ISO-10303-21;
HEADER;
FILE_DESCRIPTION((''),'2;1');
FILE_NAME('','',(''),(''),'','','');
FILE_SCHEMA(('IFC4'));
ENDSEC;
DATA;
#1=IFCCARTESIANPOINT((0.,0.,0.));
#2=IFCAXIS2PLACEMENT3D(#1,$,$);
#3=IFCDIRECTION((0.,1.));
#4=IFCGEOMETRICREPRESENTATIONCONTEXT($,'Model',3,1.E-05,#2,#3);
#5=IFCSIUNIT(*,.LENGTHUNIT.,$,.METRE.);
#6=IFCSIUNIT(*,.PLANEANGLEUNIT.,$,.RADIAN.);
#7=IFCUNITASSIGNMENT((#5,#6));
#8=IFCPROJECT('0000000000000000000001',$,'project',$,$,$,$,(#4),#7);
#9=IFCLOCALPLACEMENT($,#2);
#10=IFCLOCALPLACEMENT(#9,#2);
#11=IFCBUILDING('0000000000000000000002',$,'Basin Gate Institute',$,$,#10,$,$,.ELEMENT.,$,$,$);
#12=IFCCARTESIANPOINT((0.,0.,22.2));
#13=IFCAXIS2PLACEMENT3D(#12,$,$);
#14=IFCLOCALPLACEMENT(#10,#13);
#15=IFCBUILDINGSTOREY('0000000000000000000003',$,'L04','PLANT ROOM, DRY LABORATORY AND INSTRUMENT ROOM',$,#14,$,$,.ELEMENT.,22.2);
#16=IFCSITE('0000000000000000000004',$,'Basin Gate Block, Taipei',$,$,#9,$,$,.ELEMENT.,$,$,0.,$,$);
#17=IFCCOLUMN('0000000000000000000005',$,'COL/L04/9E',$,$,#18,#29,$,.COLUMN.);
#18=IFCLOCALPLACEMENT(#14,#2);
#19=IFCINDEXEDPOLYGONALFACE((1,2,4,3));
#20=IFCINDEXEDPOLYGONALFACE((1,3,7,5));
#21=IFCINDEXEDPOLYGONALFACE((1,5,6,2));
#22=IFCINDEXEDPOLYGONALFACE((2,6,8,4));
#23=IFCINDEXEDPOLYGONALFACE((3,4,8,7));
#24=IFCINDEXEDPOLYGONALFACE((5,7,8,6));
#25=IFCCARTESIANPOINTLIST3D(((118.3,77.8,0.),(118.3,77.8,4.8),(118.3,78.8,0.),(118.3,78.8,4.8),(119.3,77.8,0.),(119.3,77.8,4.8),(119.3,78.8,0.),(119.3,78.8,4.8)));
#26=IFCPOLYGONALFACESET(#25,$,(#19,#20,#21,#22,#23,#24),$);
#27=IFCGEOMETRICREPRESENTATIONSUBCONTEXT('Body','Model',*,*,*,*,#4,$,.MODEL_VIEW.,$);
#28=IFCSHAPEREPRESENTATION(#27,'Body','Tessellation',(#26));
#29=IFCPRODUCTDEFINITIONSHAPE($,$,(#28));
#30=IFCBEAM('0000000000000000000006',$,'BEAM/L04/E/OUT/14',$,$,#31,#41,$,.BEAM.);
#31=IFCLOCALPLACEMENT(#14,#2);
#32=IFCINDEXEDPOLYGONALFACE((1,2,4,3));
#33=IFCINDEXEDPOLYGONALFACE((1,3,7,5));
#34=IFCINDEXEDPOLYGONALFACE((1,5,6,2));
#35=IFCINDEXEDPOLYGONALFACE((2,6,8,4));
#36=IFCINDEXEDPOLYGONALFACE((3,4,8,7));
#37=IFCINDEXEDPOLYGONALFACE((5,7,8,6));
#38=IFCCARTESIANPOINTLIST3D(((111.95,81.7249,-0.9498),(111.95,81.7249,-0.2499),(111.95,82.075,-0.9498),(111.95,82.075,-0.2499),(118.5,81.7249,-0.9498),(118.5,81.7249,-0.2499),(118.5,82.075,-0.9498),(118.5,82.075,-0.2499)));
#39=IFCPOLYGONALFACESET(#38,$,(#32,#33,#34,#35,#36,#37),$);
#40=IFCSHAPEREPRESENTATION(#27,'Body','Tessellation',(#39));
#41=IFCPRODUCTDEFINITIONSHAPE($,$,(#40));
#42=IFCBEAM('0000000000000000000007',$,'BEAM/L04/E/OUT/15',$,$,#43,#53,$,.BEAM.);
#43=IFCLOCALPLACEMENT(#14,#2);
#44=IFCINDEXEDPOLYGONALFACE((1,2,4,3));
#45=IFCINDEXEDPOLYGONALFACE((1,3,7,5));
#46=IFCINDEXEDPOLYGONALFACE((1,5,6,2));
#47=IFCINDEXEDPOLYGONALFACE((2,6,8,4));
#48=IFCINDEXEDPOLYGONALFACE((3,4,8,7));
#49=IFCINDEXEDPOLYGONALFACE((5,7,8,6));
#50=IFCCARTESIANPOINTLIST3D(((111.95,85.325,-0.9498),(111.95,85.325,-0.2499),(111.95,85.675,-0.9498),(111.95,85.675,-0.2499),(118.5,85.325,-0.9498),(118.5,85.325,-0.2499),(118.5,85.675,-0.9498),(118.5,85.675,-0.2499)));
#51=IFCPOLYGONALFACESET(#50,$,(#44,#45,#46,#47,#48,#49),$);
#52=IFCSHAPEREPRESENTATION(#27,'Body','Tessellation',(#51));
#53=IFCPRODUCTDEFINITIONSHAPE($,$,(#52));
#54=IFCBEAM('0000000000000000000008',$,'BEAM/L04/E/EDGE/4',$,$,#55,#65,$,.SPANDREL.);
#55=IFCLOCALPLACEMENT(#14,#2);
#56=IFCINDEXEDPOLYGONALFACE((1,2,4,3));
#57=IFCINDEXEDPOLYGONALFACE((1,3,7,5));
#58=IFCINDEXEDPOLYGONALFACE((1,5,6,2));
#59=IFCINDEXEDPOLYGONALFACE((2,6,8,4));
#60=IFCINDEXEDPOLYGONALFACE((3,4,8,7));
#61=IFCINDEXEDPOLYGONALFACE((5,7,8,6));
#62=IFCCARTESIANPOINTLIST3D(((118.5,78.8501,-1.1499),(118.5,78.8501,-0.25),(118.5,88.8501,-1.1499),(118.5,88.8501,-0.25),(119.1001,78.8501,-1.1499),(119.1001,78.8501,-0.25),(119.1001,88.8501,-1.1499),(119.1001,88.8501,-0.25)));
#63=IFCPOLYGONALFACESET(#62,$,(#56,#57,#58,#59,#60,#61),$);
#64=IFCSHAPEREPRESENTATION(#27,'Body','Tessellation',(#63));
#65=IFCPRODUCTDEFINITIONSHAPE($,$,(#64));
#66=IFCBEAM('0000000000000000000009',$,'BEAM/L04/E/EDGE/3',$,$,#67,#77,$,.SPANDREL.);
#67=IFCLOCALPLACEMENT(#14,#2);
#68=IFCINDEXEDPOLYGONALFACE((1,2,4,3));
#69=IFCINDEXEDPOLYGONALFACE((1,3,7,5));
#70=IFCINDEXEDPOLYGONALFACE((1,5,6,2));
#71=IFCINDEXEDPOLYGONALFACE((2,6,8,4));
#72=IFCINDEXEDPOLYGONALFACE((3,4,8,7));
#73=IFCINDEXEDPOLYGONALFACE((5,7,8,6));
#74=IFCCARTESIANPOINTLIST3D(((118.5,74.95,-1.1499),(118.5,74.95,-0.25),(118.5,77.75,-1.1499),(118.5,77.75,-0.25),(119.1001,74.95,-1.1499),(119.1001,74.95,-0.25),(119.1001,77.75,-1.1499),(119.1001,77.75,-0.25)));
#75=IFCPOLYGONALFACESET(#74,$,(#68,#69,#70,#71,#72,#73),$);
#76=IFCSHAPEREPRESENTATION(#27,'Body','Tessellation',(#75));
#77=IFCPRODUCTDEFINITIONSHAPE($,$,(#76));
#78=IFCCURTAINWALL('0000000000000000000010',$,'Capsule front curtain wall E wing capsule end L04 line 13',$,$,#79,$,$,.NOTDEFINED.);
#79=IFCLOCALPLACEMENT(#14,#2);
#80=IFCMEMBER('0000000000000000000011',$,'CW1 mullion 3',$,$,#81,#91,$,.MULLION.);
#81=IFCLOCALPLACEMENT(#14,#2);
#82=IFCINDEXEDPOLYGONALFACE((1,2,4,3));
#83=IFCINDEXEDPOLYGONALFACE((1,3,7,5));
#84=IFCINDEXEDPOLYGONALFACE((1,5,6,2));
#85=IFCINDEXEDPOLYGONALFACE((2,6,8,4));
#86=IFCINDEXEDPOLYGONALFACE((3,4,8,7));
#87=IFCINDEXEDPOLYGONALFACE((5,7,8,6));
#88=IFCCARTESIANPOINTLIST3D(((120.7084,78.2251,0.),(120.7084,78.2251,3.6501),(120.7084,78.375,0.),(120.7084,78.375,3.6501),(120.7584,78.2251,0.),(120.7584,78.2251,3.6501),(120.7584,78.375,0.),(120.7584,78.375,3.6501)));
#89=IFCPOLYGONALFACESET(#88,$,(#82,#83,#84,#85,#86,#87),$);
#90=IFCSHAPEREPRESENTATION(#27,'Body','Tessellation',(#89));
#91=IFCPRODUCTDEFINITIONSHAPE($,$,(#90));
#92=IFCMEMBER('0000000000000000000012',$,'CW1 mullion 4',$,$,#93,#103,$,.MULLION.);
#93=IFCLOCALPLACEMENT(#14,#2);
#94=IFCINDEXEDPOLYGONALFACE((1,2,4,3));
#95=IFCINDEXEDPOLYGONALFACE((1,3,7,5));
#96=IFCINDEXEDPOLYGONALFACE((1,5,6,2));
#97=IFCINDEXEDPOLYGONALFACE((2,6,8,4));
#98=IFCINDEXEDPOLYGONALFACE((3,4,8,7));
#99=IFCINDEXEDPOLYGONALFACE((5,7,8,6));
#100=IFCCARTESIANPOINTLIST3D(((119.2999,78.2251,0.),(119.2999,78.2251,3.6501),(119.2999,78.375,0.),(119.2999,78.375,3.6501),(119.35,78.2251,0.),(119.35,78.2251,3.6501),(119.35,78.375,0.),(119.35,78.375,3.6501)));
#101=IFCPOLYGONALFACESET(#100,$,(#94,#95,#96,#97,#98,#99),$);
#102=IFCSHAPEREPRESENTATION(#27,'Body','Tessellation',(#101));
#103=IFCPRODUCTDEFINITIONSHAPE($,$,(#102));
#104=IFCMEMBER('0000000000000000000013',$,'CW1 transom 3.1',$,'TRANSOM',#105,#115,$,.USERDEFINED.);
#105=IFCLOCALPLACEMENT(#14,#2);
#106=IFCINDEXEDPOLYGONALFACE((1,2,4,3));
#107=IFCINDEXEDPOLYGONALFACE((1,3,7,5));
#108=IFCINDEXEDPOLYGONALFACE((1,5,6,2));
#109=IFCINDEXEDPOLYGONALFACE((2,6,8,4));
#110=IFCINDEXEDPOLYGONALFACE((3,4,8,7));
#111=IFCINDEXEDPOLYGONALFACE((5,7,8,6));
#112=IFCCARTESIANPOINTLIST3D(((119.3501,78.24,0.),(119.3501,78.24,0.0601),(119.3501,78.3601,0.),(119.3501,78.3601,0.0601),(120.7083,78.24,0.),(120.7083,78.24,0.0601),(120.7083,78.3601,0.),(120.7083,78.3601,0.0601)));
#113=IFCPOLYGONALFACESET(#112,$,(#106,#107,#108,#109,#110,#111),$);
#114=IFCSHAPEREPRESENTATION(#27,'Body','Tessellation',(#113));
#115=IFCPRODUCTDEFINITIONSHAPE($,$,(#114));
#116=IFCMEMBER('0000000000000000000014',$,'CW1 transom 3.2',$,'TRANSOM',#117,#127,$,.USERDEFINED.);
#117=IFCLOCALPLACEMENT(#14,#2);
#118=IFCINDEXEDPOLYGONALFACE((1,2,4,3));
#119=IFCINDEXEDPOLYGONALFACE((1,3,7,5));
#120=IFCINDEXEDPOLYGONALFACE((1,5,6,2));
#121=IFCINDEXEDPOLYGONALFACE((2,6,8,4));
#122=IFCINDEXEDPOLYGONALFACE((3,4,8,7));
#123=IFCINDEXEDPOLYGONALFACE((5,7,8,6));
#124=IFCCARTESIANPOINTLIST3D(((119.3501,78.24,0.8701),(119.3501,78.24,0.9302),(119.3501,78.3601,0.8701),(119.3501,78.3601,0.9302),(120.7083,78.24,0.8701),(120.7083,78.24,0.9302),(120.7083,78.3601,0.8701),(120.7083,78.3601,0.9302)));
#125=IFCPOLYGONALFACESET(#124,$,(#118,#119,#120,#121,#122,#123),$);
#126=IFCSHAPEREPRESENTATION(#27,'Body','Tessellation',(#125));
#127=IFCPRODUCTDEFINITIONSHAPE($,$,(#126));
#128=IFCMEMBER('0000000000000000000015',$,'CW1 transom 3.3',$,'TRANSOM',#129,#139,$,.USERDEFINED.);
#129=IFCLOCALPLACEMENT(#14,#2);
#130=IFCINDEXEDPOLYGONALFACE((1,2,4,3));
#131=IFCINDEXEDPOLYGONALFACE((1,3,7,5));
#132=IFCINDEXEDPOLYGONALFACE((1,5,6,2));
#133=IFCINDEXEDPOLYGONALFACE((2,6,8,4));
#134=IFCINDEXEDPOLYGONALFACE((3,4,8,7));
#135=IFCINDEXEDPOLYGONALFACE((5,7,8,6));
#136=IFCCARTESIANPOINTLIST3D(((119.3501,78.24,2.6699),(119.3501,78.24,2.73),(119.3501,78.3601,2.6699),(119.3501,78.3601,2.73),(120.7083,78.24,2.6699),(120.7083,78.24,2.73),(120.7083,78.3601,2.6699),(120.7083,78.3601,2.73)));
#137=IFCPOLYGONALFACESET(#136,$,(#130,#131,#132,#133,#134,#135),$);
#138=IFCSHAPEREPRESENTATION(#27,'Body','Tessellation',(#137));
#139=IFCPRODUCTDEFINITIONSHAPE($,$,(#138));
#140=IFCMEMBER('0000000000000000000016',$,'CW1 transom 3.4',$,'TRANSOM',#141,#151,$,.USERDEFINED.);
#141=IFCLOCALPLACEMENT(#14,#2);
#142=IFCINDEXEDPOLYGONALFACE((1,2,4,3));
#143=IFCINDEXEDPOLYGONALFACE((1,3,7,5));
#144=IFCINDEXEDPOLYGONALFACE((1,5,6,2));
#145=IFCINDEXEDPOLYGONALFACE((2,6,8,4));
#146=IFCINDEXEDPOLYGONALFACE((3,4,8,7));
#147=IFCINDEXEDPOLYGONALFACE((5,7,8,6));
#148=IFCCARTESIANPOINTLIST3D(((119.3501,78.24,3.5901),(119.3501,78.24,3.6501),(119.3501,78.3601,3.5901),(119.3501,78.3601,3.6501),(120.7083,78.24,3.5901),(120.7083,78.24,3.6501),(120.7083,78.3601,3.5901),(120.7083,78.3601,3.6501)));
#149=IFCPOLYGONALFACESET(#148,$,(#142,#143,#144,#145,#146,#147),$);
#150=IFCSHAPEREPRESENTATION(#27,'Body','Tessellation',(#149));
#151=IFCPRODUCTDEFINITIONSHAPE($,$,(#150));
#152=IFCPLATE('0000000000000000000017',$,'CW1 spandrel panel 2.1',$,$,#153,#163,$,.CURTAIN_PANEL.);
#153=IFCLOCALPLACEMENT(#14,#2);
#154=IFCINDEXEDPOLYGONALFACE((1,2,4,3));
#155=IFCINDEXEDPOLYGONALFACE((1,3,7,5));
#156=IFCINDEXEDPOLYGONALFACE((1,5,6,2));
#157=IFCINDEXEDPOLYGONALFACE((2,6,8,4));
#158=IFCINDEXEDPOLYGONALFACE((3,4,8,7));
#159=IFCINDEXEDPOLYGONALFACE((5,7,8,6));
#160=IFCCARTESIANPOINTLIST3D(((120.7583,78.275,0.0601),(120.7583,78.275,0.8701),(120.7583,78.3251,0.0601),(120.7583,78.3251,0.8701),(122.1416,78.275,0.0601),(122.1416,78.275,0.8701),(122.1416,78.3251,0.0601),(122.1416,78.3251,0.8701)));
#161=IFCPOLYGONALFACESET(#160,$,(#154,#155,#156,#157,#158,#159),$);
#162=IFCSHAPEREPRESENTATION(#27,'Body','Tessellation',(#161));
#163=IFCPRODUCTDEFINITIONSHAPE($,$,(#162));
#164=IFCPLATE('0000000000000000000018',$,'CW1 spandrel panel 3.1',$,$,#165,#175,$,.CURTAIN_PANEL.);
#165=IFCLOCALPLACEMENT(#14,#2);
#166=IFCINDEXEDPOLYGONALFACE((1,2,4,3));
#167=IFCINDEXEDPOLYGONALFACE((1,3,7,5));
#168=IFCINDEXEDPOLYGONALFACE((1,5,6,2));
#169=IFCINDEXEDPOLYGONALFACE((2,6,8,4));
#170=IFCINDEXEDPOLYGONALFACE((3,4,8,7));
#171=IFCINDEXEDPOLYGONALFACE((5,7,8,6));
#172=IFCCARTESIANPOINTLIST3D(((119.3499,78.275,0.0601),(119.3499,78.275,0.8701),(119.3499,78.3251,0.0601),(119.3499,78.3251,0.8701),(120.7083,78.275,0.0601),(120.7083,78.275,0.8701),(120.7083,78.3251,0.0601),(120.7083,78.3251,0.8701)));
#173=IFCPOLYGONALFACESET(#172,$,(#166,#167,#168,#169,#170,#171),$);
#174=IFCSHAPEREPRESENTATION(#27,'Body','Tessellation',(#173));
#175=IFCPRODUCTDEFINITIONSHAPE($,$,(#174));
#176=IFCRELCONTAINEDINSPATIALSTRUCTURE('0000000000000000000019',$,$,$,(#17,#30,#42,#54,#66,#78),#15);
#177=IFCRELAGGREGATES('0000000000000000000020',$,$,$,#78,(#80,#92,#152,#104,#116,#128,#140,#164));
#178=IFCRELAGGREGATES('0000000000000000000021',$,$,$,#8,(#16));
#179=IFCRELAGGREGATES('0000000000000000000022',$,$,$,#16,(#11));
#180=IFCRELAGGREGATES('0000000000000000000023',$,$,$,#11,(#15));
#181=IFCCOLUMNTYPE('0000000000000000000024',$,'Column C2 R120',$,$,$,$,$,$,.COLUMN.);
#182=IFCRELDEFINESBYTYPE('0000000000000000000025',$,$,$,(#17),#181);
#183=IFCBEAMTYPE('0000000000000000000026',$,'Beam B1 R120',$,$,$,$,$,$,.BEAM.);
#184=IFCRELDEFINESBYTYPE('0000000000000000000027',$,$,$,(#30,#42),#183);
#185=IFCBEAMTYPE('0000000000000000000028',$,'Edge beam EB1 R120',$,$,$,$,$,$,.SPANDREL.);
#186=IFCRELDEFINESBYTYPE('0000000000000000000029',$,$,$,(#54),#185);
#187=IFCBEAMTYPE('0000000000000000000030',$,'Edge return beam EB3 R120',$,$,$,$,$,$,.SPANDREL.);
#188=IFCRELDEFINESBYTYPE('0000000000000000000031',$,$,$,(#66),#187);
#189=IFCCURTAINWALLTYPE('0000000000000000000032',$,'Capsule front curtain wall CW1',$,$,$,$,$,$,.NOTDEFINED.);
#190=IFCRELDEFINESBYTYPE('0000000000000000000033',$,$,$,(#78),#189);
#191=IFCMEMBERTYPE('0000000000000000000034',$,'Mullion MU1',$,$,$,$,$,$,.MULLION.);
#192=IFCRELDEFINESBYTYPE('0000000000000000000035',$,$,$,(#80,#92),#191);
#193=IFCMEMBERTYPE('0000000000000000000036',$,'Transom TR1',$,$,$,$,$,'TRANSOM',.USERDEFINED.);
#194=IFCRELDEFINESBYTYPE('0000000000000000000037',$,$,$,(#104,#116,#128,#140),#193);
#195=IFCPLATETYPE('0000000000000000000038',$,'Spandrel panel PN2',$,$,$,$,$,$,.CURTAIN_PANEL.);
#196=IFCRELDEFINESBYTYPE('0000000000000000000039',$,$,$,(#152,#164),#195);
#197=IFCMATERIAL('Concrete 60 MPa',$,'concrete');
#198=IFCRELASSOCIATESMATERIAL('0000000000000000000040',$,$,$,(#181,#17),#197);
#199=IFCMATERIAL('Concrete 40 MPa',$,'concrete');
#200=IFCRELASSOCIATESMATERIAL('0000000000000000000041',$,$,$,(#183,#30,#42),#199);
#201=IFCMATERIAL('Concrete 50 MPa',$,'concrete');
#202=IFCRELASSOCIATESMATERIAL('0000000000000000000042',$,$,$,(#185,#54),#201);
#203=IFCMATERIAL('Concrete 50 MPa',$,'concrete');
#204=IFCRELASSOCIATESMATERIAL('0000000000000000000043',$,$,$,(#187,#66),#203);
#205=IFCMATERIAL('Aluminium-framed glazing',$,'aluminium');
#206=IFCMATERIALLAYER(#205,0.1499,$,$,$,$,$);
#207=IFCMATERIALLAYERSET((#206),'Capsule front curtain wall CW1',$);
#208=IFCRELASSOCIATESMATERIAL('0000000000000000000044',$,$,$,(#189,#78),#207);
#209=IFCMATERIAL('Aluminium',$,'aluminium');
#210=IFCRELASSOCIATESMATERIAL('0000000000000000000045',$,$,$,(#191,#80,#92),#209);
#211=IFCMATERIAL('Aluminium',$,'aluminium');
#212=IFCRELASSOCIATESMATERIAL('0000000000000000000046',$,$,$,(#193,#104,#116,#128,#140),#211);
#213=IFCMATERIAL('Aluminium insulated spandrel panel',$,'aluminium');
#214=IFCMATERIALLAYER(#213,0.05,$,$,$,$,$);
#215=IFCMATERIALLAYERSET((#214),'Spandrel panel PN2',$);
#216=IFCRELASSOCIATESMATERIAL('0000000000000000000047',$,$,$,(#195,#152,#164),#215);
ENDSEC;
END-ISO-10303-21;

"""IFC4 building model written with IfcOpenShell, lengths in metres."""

from ifc_helpers import new_model, si_unit, direction, frame, origin, origin_2d, place, context, subcontext, project, spatial, rectangle, extrude, material, layer, layer_set, material_profile, profile_set, type_object, element, aggregate, save


model = new_model("IFC4")

# Units and contexts
model_context = context("Model", 3, precision=1e-05, world=origin(), true_north=direction((0.0, 1.0)))
body_context = subcontext(model_context, "Body", "Model", "MODEL_VIEW")
ifc_project = project(units=[si_unit("LENGTHUNIT", "METRE"), si_unit("PLANEANGLEUNIT", "RADIAN")], contexts=[model_context])

# Site, building, storey
site_placement = place(None, origin())
site = spatial("IfcSite", under=ifc_project, at=site_placement, Name="Basin Gate Block, Taipei", CompositionType="ELEMENT", RefElevation=0.0)
building_placement = place(site_placement, origin())
building = spatial("IfcBuilding", under=site, at=building_placement, Name="Basin Gate Institute", CompositionType="ELEMENT")
storey_placement = place(building_placement, frame((0.0, 0.0, 22.2)))
storey = spatial("IfcBuildingStorey", under=building, at=storey_placement, Name="L04", Description="PLANT ROOM, DRY LABORATORY AND INSTRUMENT ROOM", CompositionType="ELEMENT", Elevation=22.2)

# Column
ifc_material_1 = material(Name="Concrete 60 MPa", Category="concrete")
ifc_material_profile_1 = material_profile(ifc_material_1, rectangle(XDim=1.0, YDim=1.0, at=origin_2d()), Name="Column C2 1000 x 1000")
ifc_profile_set_1 = profile_set([ifc_material_profile_1], Name="Concrete 60 MPa")
column_type = type_object("IfcColumnType", Name="Column C2 R120", PredefinedType="COLUMN", material=ifc_profile_set_1)
column_placement = place(storey_placement, frame((118.8, 78.3, 0.0), z_axis=(0.0, 0.0, 1.0), x_axis=(1.0, 0.0, 0.0)))
element("IfcColumn", 1, at=column_placement, inside=storey, type_object=column_type, material=ifc_profile_set_1, Name="COL/L04/9E", PredefinedType="COLUMN", context=body_context, shape_type="SweptSolid", body=[
    extrude(rectangle(XDim=1.0, YDim=1.0, at=origin_2d()), origin(), (0.0, 0.0, 1.0), 4.8),
])

# Beams
ifc_material_2 = material(Name="Concrete 40 MPa", Category="concrete")
ifc_material_profile_2 = material_profile(ifc_material_2, rectangle(XDim=0.3501, YDim=0.7, at=origin_2d()), Name="Beam B1 350 x 700")
ifc_profile_set_2 = profile_set([ifc_material_profile_2], Name="Concrete 40 MPa")
beam_type_1 = type_object("IfcBeamType", Name="Beam B1 R120", PredefinedType="BEAM", material=ifc_profile_set_2)
for number, where, z_axis, x_axis, name in (
    (2, (118.5, 81.8999, -0.5999), (-1.0, 0.0, 0.0), (0.0, -1.0, 0.0), "BEAM/L04/E/OUT/14"),
    (3, (118.5, 85.5, -0.5999), (-1.0, 0.0, 0.0), (0.0, -1.0, 0.0), "BEAM/L04/E/OUT/15"),
):
    element("IfcBeam", number, at=place(storey_placement, frame(where, z_axis=z_axis, x_axis=x_axis)), inside=storey, type_object=beam_type_1, material=ifc_profile_set_2, Name=name, PredefinedType="BEAM", context=body_context, shape_type="SweptSolid", body=[
        extrude(rectangle(XDim=0.3501, YDim=0.7, at=origin_2d()), origin(), (0.0, 0.0, 1.0), 6.55),
    ])
ifc_material_3 = material(Name="Concrete 50 MPa", Category="concrete")
ifc_material_profile_3 = material_profile(ifc_material_3, rectangle(XDim=0.6001, YDim=0.8999, at=origin_2d()), Name="Edge beam EB1 600 x 900")
ifc_profile_set_3 = profile_set([ifc_material_profile_3], Name="Concrete 50 MPa")
beam_type_2 = type_object("IfcBeamType", Name="Edge beam EB1 R120", PredefinedType="SPANDREL", material=ifc_profile_set_3)
beam_1_placement = place(storey_placement, frame((118.8, 78.8501, -0.7), z_axis=(0.0, 1.0, 0.0), x_axis=(-1.0, 0.0, 0.0)))
element("IfcBeam", 4, at=beam_1_placement, inside=storey, type_object=beam_type_2, material=ifc_profile_set_3, Name="BEAM/L04/E/EDGE/4", PredefinedType="SPANDREL", context=body_context, shape_type="SweptSolid", body=[
    extrude(rectangle(XDim=0.6001, YDim=0.8999, at=origin_2d()), origin(), (0.0, 0.0, 1.0), 10.0),
])
ifc_material_4 = material(Name="Concrete 50 MPa", Category="concrete")
ifc_material_profile_4 = material_profile(ifc_material_4, rectangle(XDim=0.6001, YDim=0.8999, at=origin_2d()), Name="Edge return beam EB3 600 x 900")
ifc_profile_set_4 = profile_set([ifc_material_profile_4], Name="Concrete 50 MPa")
beam_type_3 = type_object("IfcBeamType", Name="Edge return beam EB3 R120", PredefinedType="SPANDREL", material=ifc_profile_set_4)
beam_2_placement = place(storey_placement, frame((118.8, 74.95, -0.7), z_axis=(0.0, 1.0, 0.0), x_axis=(-1.0, 0.0, 0.0)))
element("IfcBeam", 5, at=beam_2_placement, inside=storey, type_object=beam_type_3, material=ifc_profile_set_4, Name="BEAM/L04/E/EDGE/3", PredefinedType="SPANDREL", context=body_context, shape_type="SweptSolid", body=[
    extrude(rectangle(XDim=0.6001, YDim=0.8999, at=origin_2d()), origin(), (0.0, 0.0, 1.0), 2.8),
])

# Curtain wall, members, plates
ifc_material_5 = material(Name="Aluminium-framed glazing", Category="aluminium")
ifc_layer_1 = layer(ifc_material_5, 0.1499)
ifc_layer_set_1 = layer_set([ifc_layer_1], Name="Capsule front curtain wall CW1")
curtain_wall_type = type_object("IfcCurtainWallType", Name="Capsule front curtain wall CW1", PredefinedType="NOTDEFINED", material=ifc_layer_set_1)
curtain_wall_placement = place(storey_placement, origin())
curtain_wall = element("IfcCurtainWall", 6, at=curtain_wall_placement, inside=storey, type_object=curtain_wall_type, material=ifc_layer_set_1, Name="Capsule front curtain wall E wing capsule end L04 line 13", PredefinedType="NOTDEFINED")
ifc_material_6 = material(Name="Aluminium", Category="aluminium")
ifc_material_profile_5 = material_profile(ifc_material_6, rectangle(XDim=0.1499, YDim=0.05, at=origin_2d()), Name="Mullion MU1 150 x 50")
ifc_profile_set_5 = profile_set([ifc_material_profile_5], Name="Aluminium")
member_type_1 = type_object("IfcMemberType", Name="Mullion MU1", PredefinedType="MULLION", material=ifc_profile_set_5)
member_1_placement = place(storey_placement, frame((120.7334, 78.3, 0.0), z_axis=(0.0, 0.0, 1.0), x_axis=(0.0, -1.0, 0.0)))
member_1 = element("IfcMember", 7, at=member_1_placement, type_object=member_type_1, material=ifc_profile_set_5, Name="CW1 mullion 3", PredefinedType="MULLION", context=body_context, shape_type="SweptSolid", body=[
    extrude(rectangle(XDim=0.1499, YDim=0.05, at=origin_2d()), origin(), (0.0, 0.0, 1.0), 3.6501),
])
member_2_placement = place(storey_placement, frame((119.325, 78.3, 0.0), z_axis=(0.0, 0.0, 1.0), x_axis=(0.0, -1.0, 0.0)))
member_2 = element("IfcMember", 8, at=member_2_placement, type_object=member_type_1, material=ifc_profile_set_5, Name="CW1 mullion 4", PredefinedType="MULLION", context=body_context, shape_type="SweptSolid", body=[
    extrude(rectangle(XDim=0.1499, YDim=0.05, at=origin_2d()), origin(), (0.0, 0.0, 1.0), 3.6501),
])
ifc_material_7 = material(Name="Aluminium", Category="aluminium")
ifc_material_profile_6 = material_profile(ifc_material_7, rectangle(XDim=0.1201, YDim=0.0601, at=origin_2d()), Name="Transom TR1 120 x 60")
ifc_profile_set_6 = profile_set([ifc_material_profile_6], Name="Aluminium")
member_type_2 = type_object("IfcMemberType", Name="Transom TR1", ElementType="TRANSOM", PredefinedType="USERDEFINED", material=ifc_profile_set_6)
member_3_placement = place(storey_placement, frame((120.7083, 78.3, 0.03), z_axis=(-1.0, 0.0, 0.0), x_axis=(0.0, -1.0, 0.0)))
member_3 = element("IfcMember", 9, at=member_3_placement, type_object=member_type_2, material=ifc_profile_set_6, Name="CW1 transom 3.1", ObjectType="TRANSOM", PredefinedType="USERDEFINED", context=body_context, shape_type="SweptSolid", body=[
    extrude(rectangle(XDim=0.1201, YDim=0.0601, at=origin_2d()), origin(), (0.0, 0.0, 1.0), 1.3582),
])
member_4_placement = place(storey_placement, frame((120.7083, 78.3, 0.9001), z_axis=(-1.0, 0.0, 0.0), x_axis=(0.0, -1.0, 0.0)))
member_4 = element("IfcMember", 10, at=member_4_placement, type_object=member_type_2, material=ifc_profile_set_6, Name="CW1 transom 3.2", ObjectType="TRANSOM", PredefinedType="USERDEFINED", context=body_context, shape_type="SweptSolid", body=[
    extrude(rectangle(XDim=0.1201, YDim=0.0601, at=origin_2d()), origin(), (0.0, 0.0, 1.0), 1.3582),
])
member_5_placement = place(storey_placement, frame((120.7083, 78.3, 2.7), z_axis=(-1.0, 0.0, 0.0), x_axis=(0.0, -1.0, 0.0)))
member_5 = element("IfcMember", 11, at=member_5_placement, type_object=member_type_2, material=ifc_profile_set_6, Name="CW1 transom 3.3", ObjectType="TRANSOM", PredefinedType="USERDEFINED", context=body_context, shape_type="SweptSolid", body=[
    extrude(rectangle(XDim=0.1201, YDim=0.0601, at=origin_2d()), origin(), (0.0, 0.0, 1.0), 1.3582),
])
member_6_placement = place(storey_placement, frame((120.7083, 78.3, 3.6201), z_axis=(-1.0, 0.0, 0.0), x_axis=(0.0, -1.0, 0.0)))
member_6 = element("IfcMember", 12, at=member_6_placement, type_object=member_type_2, material=ifc_profile_set_6, Name="CW1 transom 3.4", ObjectType="TRANSOM", PredefinedType="USERDEFINED", context=body_context, shape_type="SweptSolid", body=[
    extrude(rectangle(XDim=0.1201, YDim=0.0601, at=origin_2d()), origin(), (0.0, 0.0, 1.0), 1.3582),
])
ifc_material_8 = material(Name="Aluminium insulated spandrel panel", Category="aluminium")
ifc_layer_2 = layer(ifc_material_8, 0.05)
ifc_layer_set_2 = layer_set([ifc_layer_2], Name="Spandrel panel PN2")
plate_type_1 = type_object("IfcPlateType", Name="Spandrel panel PN2", PredefinedType="CURTAIN_PANEL", material=ifc_layer_set_2)
plate_1_placement = place(storey_placement, frame((121.45, 78.3, 0.0601), z_axis=(0.0, 0.0, 1.0), x_axis=(-1.0, 0.0, 0.0)))
plate_1 = element("IfcPlate", 13, at=plate_1_placement, type_object=plate_type_1, material=ifc_layer_set_2, Name="CW1 spandrel panel 2.1", PredefinedType="CURTAIN_PANEL", context=body_context, shape_type="SweptSolid", body=[
    extrude(rectangle(XDim=1.3833, YDim=0.05, at=origin_2d()), origin(), (0.0, 0.0, 1.0), 0.8101),
])
plate_2_placement = place(storey_placement, frame((120.0291, 78.3, 0.0601), z_axis=(0.0, 0.0, 1.0), x_axis=(-1.0, 0.0, 0.0)))
plate_2 = element("IfcPlate", 14, at=plate_2_placement, type_object=plate_type_1, material=ifc_layer_set_2, Name="CW1 spandrel panel 3.1", PredefinedType="CURTAIN_PANEL", context=body_context, shape_type="SweptSolid", body=[
    extrude(rectangle(XDim=1.3584, YDim=0.05, at=origin_2d()), origin(), (0.0, 0.0, 1.0), 0.8101),
])
aggregate(curtain_wall, [member_1, member_2, plate_1, member_3, member_4, member_5, member_6, plate_2])

save(model, "model.ifc")
